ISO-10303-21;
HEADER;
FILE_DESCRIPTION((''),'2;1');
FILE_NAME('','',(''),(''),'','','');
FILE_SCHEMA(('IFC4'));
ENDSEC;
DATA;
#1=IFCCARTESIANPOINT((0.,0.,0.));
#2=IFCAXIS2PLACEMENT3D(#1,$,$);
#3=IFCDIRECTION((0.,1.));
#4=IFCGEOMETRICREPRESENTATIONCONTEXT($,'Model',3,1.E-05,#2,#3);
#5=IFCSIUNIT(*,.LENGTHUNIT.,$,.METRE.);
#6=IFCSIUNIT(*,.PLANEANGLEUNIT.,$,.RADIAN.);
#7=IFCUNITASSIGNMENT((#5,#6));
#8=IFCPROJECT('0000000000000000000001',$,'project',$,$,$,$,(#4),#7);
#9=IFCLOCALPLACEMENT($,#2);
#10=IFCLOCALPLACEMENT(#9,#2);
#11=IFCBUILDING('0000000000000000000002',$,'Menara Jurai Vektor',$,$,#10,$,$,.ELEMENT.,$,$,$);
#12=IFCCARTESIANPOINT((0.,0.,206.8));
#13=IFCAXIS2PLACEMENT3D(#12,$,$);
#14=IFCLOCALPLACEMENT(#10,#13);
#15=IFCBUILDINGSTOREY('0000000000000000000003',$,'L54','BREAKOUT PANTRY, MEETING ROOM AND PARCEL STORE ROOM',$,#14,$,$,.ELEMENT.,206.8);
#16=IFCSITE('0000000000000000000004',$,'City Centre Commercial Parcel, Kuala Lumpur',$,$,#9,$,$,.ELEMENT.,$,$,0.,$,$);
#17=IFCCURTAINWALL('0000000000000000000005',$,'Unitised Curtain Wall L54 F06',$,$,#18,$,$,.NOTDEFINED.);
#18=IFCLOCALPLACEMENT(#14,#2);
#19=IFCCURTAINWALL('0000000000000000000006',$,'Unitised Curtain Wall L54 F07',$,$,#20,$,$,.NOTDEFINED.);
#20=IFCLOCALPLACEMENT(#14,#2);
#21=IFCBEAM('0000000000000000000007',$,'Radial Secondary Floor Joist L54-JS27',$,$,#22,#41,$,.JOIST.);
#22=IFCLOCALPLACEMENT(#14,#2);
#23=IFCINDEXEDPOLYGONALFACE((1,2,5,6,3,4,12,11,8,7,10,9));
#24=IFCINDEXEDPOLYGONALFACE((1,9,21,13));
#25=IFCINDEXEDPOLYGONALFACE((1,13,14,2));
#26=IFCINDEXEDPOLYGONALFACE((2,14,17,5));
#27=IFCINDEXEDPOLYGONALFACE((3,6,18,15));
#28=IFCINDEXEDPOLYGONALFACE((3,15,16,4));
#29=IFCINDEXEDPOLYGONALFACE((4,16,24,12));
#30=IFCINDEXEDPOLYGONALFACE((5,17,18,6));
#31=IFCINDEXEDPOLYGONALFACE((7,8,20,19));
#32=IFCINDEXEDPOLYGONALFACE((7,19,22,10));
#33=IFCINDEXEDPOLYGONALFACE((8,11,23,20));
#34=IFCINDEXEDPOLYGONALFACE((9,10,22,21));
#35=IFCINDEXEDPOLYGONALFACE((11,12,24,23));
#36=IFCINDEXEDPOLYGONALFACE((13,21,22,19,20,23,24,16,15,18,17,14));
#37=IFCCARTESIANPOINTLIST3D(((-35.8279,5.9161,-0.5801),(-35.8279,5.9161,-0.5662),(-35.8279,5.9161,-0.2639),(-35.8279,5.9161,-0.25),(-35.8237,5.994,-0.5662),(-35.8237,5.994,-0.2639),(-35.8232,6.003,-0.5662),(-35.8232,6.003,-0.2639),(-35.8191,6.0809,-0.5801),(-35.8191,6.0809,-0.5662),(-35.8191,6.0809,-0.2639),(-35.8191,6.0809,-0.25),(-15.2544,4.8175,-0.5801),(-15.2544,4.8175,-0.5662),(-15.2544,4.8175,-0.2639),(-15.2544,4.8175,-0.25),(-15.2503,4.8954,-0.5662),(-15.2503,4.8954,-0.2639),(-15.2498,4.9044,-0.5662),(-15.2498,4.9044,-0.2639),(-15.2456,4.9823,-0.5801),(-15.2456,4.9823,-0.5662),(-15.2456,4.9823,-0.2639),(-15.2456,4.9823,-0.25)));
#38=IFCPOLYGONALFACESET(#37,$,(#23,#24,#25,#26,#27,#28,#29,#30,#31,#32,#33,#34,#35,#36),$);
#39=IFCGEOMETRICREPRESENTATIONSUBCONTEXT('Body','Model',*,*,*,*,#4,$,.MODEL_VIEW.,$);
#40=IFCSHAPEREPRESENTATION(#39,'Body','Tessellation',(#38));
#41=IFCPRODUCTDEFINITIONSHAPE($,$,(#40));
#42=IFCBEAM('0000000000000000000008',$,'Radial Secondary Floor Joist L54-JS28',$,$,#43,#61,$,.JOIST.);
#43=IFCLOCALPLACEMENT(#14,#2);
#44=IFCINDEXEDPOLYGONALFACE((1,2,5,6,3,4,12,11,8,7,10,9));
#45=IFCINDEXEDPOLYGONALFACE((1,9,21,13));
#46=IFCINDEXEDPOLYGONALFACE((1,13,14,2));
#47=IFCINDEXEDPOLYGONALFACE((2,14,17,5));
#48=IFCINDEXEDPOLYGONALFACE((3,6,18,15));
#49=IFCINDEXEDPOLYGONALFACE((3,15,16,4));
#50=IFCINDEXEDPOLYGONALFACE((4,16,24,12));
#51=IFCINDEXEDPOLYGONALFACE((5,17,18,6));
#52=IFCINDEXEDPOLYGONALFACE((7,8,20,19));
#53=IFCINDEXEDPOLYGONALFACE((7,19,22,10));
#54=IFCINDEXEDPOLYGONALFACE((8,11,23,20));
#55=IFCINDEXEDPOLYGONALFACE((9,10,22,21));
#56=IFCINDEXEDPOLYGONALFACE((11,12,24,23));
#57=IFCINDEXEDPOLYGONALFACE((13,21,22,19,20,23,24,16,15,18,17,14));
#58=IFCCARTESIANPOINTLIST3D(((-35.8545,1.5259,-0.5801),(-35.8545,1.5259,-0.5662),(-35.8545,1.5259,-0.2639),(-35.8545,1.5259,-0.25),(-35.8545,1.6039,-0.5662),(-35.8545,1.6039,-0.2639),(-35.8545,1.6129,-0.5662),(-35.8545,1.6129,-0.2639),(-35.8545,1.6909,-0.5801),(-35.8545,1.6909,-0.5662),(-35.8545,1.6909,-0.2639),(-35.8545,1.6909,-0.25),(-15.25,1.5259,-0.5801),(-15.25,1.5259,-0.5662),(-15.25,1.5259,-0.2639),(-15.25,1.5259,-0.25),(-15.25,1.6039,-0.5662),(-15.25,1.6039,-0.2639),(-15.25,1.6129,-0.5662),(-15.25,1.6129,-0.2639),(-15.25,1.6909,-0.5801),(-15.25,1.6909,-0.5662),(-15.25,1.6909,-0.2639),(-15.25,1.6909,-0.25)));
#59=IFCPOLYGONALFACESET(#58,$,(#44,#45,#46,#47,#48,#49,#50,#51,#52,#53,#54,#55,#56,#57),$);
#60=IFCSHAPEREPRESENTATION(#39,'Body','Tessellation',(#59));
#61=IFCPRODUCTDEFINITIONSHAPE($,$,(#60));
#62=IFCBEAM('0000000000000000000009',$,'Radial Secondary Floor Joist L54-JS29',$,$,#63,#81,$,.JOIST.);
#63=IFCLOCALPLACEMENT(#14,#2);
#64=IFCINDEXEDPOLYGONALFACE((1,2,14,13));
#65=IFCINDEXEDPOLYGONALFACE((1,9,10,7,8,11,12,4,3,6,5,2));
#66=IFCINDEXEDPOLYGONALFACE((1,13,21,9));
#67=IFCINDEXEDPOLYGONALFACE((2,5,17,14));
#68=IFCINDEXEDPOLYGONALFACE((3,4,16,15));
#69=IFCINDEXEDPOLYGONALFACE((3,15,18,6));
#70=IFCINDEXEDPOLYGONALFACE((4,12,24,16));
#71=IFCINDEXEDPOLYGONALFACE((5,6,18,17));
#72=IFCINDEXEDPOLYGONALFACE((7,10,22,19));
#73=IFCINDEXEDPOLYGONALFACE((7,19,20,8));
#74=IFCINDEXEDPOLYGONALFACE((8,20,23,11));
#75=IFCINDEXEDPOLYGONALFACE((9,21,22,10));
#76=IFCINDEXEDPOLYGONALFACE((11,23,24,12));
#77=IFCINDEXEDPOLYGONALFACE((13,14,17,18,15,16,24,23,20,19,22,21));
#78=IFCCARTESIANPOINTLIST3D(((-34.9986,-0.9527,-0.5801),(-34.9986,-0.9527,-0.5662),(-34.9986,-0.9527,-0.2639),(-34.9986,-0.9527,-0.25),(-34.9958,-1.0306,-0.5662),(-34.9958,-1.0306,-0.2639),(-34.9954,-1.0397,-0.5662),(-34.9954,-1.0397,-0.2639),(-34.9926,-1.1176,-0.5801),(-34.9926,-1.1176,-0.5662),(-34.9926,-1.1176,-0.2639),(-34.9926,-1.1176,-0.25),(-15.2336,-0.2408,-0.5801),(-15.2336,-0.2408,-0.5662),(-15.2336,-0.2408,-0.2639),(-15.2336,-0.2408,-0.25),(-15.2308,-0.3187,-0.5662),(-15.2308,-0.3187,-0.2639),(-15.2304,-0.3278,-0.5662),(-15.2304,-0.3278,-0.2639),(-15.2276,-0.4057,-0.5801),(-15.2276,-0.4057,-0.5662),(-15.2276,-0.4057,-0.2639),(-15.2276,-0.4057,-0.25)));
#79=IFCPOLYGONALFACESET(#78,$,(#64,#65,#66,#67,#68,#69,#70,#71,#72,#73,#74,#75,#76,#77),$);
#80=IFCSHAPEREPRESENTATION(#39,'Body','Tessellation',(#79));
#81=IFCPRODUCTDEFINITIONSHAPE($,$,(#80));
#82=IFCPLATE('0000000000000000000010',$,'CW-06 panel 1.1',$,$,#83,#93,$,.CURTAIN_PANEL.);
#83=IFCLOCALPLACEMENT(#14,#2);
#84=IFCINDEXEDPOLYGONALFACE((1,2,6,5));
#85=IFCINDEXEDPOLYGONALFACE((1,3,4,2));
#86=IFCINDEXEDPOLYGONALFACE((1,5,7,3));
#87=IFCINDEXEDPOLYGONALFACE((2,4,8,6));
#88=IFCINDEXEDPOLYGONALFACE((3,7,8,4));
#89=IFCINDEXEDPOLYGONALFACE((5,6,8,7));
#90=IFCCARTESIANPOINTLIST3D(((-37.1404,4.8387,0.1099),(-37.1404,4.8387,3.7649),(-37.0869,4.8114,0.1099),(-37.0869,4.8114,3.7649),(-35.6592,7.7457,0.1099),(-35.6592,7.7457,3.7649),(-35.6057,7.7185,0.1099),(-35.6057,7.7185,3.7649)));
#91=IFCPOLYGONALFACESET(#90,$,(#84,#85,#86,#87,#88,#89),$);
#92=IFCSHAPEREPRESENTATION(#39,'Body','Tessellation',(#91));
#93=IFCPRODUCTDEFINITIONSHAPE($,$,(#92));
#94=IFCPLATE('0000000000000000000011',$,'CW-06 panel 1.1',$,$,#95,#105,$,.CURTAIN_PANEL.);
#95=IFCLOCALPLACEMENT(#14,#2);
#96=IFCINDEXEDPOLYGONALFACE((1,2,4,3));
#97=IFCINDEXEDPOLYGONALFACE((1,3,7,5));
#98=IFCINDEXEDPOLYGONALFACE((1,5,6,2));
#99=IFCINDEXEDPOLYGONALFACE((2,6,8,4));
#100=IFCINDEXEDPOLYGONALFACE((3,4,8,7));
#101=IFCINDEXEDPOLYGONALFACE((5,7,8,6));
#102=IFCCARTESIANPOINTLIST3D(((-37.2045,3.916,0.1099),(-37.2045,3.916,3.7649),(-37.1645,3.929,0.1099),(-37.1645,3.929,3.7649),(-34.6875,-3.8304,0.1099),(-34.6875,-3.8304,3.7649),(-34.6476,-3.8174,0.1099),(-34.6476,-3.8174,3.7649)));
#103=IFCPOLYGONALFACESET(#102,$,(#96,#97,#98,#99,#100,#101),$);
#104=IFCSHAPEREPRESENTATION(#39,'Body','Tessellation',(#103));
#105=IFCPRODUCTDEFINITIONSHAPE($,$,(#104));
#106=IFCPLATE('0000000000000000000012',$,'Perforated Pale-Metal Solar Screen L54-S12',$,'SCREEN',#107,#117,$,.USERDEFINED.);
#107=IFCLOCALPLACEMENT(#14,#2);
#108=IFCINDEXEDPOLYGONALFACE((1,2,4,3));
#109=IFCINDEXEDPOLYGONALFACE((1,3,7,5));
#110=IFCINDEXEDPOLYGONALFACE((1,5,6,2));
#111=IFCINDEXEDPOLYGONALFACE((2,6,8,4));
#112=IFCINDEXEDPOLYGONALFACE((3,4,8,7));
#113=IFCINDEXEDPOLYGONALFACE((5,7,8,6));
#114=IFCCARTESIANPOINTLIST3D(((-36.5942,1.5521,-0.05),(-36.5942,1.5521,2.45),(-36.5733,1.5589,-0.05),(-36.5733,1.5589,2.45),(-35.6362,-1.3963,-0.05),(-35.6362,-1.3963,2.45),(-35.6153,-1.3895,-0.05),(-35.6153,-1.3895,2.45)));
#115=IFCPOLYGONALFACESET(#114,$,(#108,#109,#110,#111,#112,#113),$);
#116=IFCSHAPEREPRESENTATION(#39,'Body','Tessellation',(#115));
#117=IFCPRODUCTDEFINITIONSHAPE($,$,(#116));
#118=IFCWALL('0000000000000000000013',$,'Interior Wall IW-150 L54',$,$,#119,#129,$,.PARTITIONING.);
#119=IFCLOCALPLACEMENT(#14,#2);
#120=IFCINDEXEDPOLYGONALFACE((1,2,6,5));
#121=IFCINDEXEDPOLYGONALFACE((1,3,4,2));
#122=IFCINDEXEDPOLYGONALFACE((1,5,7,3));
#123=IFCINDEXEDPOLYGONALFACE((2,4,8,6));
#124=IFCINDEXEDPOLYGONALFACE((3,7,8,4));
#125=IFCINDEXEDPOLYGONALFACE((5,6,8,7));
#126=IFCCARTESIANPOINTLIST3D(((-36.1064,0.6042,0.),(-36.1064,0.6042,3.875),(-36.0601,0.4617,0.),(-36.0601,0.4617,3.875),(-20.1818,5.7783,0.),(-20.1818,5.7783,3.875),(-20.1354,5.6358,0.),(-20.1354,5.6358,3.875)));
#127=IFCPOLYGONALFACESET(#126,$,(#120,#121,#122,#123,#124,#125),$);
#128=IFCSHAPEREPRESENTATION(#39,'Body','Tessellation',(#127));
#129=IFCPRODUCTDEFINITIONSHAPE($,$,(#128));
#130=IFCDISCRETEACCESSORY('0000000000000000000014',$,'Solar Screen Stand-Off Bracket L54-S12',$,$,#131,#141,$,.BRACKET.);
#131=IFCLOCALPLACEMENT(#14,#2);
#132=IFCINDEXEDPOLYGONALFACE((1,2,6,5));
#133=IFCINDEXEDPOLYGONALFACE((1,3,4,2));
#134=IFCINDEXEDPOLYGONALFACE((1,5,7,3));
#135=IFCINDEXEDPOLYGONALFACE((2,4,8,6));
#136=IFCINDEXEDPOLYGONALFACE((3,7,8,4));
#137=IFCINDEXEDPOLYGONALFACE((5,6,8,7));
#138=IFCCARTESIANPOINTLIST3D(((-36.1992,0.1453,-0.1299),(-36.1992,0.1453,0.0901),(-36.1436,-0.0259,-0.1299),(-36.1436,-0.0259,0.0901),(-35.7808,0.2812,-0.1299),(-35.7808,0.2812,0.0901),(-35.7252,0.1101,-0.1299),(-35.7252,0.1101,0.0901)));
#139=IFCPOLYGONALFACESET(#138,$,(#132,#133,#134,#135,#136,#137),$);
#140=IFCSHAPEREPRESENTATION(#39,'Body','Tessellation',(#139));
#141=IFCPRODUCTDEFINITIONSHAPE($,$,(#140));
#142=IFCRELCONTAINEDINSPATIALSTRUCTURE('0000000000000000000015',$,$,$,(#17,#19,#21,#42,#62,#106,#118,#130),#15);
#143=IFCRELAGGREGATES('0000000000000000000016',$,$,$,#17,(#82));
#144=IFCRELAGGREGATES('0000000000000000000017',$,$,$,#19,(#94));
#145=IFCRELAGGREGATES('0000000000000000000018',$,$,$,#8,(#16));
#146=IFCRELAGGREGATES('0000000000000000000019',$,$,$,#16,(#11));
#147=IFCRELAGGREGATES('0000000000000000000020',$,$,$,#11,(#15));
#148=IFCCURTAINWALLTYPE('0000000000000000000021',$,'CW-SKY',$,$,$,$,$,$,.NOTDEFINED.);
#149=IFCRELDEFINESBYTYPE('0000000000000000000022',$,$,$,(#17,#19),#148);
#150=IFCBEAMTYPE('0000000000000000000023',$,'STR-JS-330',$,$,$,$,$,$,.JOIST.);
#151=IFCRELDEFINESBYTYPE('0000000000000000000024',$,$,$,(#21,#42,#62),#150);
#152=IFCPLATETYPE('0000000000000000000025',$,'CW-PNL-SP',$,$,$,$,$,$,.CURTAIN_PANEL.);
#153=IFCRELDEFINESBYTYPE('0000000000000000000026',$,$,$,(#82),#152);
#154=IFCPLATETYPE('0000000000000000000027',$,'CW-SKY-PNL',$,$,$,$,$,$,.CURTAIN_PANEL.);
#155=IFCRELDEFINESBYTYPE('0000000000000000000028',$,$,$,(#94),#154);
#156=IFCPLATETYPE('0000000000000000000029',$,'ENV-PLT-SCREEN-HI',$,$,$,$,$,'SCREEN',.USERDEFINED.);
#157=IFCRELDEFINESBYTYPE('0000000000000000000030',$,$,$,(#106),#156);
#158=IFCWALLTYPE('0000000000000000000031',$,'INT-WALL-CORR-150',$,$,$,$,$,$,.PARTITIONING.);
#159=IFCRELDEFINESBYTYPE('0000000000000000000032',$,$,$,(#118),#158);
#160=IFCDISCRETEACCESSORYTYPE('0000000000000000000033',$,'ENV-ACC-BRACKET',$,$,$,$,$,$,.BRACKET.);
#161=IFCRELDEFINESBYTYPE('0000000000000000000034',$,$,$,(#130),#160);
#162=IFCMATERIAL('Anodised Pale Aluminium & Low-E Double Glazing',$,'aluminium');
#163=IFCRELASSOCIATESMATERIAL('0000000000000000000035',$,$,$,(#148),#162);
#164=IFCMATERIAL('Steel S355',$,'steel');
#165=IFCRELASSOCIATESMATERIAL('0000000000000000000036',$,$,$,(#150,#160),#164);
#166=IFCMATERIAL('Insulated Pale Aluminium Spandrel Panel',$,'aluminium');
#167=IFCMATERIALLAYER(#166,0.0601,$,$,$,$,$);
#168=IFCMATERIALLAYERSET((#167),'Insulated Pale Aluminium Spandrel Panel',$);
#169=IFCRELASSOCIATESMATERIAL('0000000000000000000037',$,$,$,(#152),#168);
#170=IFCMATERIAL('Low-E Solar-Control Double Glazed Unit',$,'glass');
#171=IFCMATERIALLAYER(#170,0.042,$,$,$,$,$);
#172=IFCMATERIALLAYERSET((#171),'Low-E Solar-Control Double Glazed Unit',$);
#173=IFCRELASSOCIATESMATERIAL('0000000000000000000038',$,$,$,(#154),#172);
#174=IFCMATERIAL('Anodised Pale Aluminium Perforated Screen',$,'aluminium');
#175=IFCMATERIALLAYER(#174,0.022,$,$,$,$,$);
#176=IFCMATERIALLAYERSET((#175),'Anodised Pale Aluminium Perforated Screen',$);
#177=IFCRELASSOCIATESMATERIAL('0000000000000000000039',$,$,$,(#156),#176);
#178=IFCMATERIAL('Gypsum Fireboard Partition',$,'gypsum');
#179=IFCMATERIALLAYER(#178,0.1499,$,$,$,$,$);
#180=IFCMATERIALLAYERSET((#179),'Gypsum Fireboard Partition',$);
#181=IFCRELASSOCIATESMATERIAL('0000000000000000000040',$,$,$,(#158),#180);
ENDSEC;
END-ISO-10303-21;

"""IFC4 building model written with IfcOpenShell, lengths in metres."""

from ifc_helpers import new_model, si_unit, direction, frame, frame_2d, origin, origin_2d, place, context, subcontext, project, spatial, rectangle, i_section, extrude, material, layer, layer_set, material_profile, profile_set, type_object, element, aggregate, save


model = new_model("IFC4")

# Units and contexts
model_context = context("Model", 3, precision=1e-05, world=origin(), true_north=direction((0.0, 1.0)))
body_context = subcontext(model_context, "Body", "Model", "MODEL_VIEW")
ifc_project = project(units=[si_unit("LENGTHUNIT", "METRE"), si_unit("PLANEANGLEUNIT", "RADIAN")], contexts=[model_context])

# Site, building, storey
site_placement = place(None, origin())
site = spatial("IfcSite", under=ifc_project, at=site_placement, Name="City Centre Commercial Parcel, Kuala Lumpur", CompositionType="ELEMENT", RefElevation=0.0)
building_placement = place(site_placement, origin())
building = spatial("IfcBuilding", under=site, at=building_placement, Name="Menara Jurai Vektor", CompositionType="ELEMENT")
storey_placement = place(building_placement, frame((0.0, 0.0, 206.8)))
storey = spatial("IfcBuildingStorey", under=building, at=storey_placement, Name="L54", Description="BREAKOUT PANTRY, MEETING ROOM AND PARCEL STORE ROOM", CompositionType="ELEMENT", Elevation=206.8)

# Shared definitions
ifc_material_1 = material(Name="Anodised Pale Aluminium & Low-E Double Glazing", Category="aluminium")
curtain_wall_type = type_object("IfcCurtainWallType", Name="CW-SKY", PredefinedType="NOTDEFINED", material=ifc_material_1)

# Curtain wall
curtain_wall_1_placement = place(storey_placement, origin())
curtain_wall_1 = element("IfcCurtainWall", 1, at=curtain_wall_1_placement, inside=storey, type_object=curtain_wall_type, Name="Unitised Curtain Wall L54 F06", PredefinedType="NOTDEFINED")

# Curtain wall
curtain_wall_2_placement = place(storey_placement, origin())
curtain_wall_2 = element("IfcCurtainWall", 2, at=curtain_wall_2_placement, inside=storey, type_object=curtain_wall_type, Name="Unitised Curtain Wall L54 F07", PredefinedType="NOTDEFINED")

# Shared definitions
ifc_material_2 = material(Name="Steel S355", Category="steel")

# Beams
ifc_material_profile_1 = material_profile(ifc_material_2, i_section(OverallWidth=0.165, OverallDepth=0.3301, WebThickness=0.009, FlangeThickness=0.0139, at=origin_2d()), Name="PG 330x165x46")
ifc_profile_set_1 = profile_set([ifc_material_profile_1], Name="Steel S355")
beam_type_1 = type_object("IfcBeamType", Name="STR-JS-330", PredefinedType="JOIST", material=ifc_profile_set_1)
beam_1_placement = place(storey_placement, frame((-35.8235, 5.9985, -0.415), z_axis=(0.998577, -0.053324, 0.0), x_axis=(0.053324, 0.998577, 0.0)))
element("IfcBeam", 3, at=beam_1_placement, inside=storey, type_object=beam_type_1, Name="Radial Secondary Floor Joist L54-JS27", PredefinedType="JOIST", context=body_context, shape_type="SweptSolid", body=[
    extrude(i_section(OverallWidth=0.165, OverallDepth=0.3301, WebThickness=0.009, FlangeThickness=0.0139, at=origin_2d()), origin(), (0.0, 0.0, 1.0), 20.6028),
])
beam_2_placement = place(storey_placement, frame((-35.8545, 1.6084, -0.415), z_axis=(1.0, 0.0, 0.0), x_axis=(0.0, 1.0, 0.0)))
element("IfcBeam", 4, at=beam_2_placement, inside=storey, type_object=beam_type_1, Name="Radial Secondary Floor Joist L54-JS28", PredefinedType="JOIST", context=body_context, shape_type="SweptSolid", body=[
    extrude(i_section(OverallWidth=0.165, OverallDepth=0.3301, WebThickness=0.009, FlangeThickness=0.0139, at=origin_2d()), origin(), (0.0, 0.0, 1.0), 20.6045),
])
beam_3_placement = place(storey_placement, frame((-34.9956, -1.0352, -0.415), z_axis=(0.999352, 0.035995, 0.0), x_axis=(-0.035995, 0.999352, 0.0)))
element("IfcBeam", 5, at=beam_3_placement, inside=storey, type_object=beam_type_1, Name="Radial Secondary Floor Joist L54-JS29", PredefinedType="JOIST", context=body_context, shape_type="SweptSolid", body=[
    extrude(i_section(OverallWidth=0.165, OverallDepth=0.3301, WebThickness=0.009, FlangeThickness=0.0139, at=origin_2d()), origin(), (0.0, 0.0, 1.0), 19.7778),
])

# Plates
ifc_material_3 = material(Name="Insulated Pale Aluminium Spandrel Panel", Category="aluminium")
ifc_layer_1 = layer(ifc_material_3, 0.0601)
ifc_layer_set_1 = layer_set([ifc_layer_1], Name="Insulated Pale Aluminium Spandrel Panel")
plate_type_1 = type_object("IfcPlateType", Name="CW-PNL-SP", PredefinedType="CURTAIN_PANEL", material=ifc_layer_set_1)
plate_1_placement = place(storey_placement, frame((-36.373, 6.2786, 0.1099), z_axis=(0.0, 0.0, 1.0), x_axis=(-0.453989, -0.891008, 0.0)))
plate_1 = element("IfcPlate", 6, at=plate_1_placement, type_object=plate_type_1, Name="CW-06 panel 1.1", PredefinedType="CURTAIN_PANEL", context=body_context, shape_type="SweptSolid", body=[
    extrude(rectangle(XDim=3.2627, YDim=0.0601, at=origin_2d()), origin(), (0.0, 0.0, 1.0), 3.655),
])
aggregate(curtain_wall_1, [plate_1])
ifc_material_4 = material(Name="Low-E Solar-Control Double Glazed Unit", Category="glass")
ifc_layer_2 = layer(ifc_material_4, 0.042)
ifc_layer_set_2 = layer_set([ifc_layer_2], Name="Low-E Solar-Control Double Glazed Unit")
plate_type_2 = type_object("IfcPlateType", Name="CW-SKY-PNL", PredefinedType="CURTAIN_PANEL", material=ifc_layer_set_2)
plate_2_placement = place(storey_placement, frame((-35.926, 0.0493, 0.1099), z_axis=(0.0, 0.0, 1.0), x_axis=(0.309016, -0.951057, 0.0)))
plate_2 = element("IfcPlate", 7, at=plate_2_placement, type_object=plate_type_2, Name="CW-06 panel 1.1", PredefinedType="CURTAIN_PANEL", context=body_context, shape_type="SweptSolid", body=[
    extrude(rectangle(XDim=8.145, YDim=0.042, at=origin_2d()), origin(), (0.0, 0.0, 1.0), 3.655),
])
aggregate(curtain_wall_2, [plate_2])
ifc_material_5 = material(Name="Anodised Pale Aluminium Perforated Screen", Category="aluminium")
ifc_layer_3 = layer(ifc_material_5, 0.022)
ifc_layer_set_3 = layer_set([ifc_layer_3], Name="Anodised Pale Aluminium Perforated Screen")
plate_type_3 = type_object("IfcPlateType", Name="ENV-PLT-SCREEN-HI", ElementType="SCREEN", PredefinedType="USERDEFINED", material=ifc_layer_set_3)
plate_3_placement = place(storey_placement, frame((-36.1047, 0.0813, -0.05), z_axis=(0.0, 0.0, 1.0), x_axis=(0.309017, -0.951057, 0.0)))
element("IfcPlate", 8, at=plate_3_placement, inside=storey, type_object=plate_type_3, Name="Perforated Pale-Metal Solar Screen L54-S12", ObjectType="SCREEN", PredefinedType="USERDEFINED", context=body_context, shape_type="SweptSolid", body=[
    extrude(rectangle(XDim=3.1001, YDim=0.022, at=origin_2d()), origin(), (0.0, 0.0, 1.0), 2.5),
])

# Wall
ifc_material_6 = material(Name="Gypsum Fireboard Partition", Category="gypsum")
ifc_layer_4 = layer(ifc_material_6, 0.1499)
ifc_layer_set_4 = layer_set([ifc_layer_4], Name="Gypsum Fireboard Partition")
wall_type = type_object("IfcWallType", Name="INT-WALL-CORR-150", PredefinedType="PARTITIONING", material=ifc_layer_set_4)
wall_placement = place(storey_placement, frame((-36.0833, 0.533, 0.0), z_axis=(0.0, 0.0, 1.0), x_axis=(0.951059, 0.30901, 0.0)))
element("IfcWall", 9, at=wall_placement, inside=storey, type_object=wall_type, Name="Interior Wall IW-150 L54", PredefinedType="PARTITIONING", context=body_context, shape_type="SweptSolid", body=[
    extrude(rectangle(XDim=16.7441, YDim=0.1499, at=frame_2d((8.3721, 0.0))), origin(), (0.0, 0.0, 1.0), 3.875),
])

# Discrete accessory
discrete_accessory_type = type_object("IfcDiscreteAccessoryType", Name="ENV-ACC-BRACKET", PredefinedType="BRACKET", material=ifc_material_2)
discrete_accessory_placement = place(storey_placement, frame((-35.9622, 0.1277, -0.1299), z_axis=(0.0, 0.0, 1.0), x_axis=(0.309017, -0.951057, 0.0)))
element("IfcDiscreteAccessory", 10, at=discrete_accessory_placement, inside=storey, type_object=discrete_accessory_type, Name="Solar Screen Stand-Off Bracket L54-S12", PredefinedType="BRACKET", context=body_context, shape_type="SweptSolid", body=[
    extrude(rectangle(XDim=0.1799, YDim=0.4399, at=origin_2d()), origin(), (0.0, 0.0, 1.0), 0.22),
])

save(model, "model.ifc")
